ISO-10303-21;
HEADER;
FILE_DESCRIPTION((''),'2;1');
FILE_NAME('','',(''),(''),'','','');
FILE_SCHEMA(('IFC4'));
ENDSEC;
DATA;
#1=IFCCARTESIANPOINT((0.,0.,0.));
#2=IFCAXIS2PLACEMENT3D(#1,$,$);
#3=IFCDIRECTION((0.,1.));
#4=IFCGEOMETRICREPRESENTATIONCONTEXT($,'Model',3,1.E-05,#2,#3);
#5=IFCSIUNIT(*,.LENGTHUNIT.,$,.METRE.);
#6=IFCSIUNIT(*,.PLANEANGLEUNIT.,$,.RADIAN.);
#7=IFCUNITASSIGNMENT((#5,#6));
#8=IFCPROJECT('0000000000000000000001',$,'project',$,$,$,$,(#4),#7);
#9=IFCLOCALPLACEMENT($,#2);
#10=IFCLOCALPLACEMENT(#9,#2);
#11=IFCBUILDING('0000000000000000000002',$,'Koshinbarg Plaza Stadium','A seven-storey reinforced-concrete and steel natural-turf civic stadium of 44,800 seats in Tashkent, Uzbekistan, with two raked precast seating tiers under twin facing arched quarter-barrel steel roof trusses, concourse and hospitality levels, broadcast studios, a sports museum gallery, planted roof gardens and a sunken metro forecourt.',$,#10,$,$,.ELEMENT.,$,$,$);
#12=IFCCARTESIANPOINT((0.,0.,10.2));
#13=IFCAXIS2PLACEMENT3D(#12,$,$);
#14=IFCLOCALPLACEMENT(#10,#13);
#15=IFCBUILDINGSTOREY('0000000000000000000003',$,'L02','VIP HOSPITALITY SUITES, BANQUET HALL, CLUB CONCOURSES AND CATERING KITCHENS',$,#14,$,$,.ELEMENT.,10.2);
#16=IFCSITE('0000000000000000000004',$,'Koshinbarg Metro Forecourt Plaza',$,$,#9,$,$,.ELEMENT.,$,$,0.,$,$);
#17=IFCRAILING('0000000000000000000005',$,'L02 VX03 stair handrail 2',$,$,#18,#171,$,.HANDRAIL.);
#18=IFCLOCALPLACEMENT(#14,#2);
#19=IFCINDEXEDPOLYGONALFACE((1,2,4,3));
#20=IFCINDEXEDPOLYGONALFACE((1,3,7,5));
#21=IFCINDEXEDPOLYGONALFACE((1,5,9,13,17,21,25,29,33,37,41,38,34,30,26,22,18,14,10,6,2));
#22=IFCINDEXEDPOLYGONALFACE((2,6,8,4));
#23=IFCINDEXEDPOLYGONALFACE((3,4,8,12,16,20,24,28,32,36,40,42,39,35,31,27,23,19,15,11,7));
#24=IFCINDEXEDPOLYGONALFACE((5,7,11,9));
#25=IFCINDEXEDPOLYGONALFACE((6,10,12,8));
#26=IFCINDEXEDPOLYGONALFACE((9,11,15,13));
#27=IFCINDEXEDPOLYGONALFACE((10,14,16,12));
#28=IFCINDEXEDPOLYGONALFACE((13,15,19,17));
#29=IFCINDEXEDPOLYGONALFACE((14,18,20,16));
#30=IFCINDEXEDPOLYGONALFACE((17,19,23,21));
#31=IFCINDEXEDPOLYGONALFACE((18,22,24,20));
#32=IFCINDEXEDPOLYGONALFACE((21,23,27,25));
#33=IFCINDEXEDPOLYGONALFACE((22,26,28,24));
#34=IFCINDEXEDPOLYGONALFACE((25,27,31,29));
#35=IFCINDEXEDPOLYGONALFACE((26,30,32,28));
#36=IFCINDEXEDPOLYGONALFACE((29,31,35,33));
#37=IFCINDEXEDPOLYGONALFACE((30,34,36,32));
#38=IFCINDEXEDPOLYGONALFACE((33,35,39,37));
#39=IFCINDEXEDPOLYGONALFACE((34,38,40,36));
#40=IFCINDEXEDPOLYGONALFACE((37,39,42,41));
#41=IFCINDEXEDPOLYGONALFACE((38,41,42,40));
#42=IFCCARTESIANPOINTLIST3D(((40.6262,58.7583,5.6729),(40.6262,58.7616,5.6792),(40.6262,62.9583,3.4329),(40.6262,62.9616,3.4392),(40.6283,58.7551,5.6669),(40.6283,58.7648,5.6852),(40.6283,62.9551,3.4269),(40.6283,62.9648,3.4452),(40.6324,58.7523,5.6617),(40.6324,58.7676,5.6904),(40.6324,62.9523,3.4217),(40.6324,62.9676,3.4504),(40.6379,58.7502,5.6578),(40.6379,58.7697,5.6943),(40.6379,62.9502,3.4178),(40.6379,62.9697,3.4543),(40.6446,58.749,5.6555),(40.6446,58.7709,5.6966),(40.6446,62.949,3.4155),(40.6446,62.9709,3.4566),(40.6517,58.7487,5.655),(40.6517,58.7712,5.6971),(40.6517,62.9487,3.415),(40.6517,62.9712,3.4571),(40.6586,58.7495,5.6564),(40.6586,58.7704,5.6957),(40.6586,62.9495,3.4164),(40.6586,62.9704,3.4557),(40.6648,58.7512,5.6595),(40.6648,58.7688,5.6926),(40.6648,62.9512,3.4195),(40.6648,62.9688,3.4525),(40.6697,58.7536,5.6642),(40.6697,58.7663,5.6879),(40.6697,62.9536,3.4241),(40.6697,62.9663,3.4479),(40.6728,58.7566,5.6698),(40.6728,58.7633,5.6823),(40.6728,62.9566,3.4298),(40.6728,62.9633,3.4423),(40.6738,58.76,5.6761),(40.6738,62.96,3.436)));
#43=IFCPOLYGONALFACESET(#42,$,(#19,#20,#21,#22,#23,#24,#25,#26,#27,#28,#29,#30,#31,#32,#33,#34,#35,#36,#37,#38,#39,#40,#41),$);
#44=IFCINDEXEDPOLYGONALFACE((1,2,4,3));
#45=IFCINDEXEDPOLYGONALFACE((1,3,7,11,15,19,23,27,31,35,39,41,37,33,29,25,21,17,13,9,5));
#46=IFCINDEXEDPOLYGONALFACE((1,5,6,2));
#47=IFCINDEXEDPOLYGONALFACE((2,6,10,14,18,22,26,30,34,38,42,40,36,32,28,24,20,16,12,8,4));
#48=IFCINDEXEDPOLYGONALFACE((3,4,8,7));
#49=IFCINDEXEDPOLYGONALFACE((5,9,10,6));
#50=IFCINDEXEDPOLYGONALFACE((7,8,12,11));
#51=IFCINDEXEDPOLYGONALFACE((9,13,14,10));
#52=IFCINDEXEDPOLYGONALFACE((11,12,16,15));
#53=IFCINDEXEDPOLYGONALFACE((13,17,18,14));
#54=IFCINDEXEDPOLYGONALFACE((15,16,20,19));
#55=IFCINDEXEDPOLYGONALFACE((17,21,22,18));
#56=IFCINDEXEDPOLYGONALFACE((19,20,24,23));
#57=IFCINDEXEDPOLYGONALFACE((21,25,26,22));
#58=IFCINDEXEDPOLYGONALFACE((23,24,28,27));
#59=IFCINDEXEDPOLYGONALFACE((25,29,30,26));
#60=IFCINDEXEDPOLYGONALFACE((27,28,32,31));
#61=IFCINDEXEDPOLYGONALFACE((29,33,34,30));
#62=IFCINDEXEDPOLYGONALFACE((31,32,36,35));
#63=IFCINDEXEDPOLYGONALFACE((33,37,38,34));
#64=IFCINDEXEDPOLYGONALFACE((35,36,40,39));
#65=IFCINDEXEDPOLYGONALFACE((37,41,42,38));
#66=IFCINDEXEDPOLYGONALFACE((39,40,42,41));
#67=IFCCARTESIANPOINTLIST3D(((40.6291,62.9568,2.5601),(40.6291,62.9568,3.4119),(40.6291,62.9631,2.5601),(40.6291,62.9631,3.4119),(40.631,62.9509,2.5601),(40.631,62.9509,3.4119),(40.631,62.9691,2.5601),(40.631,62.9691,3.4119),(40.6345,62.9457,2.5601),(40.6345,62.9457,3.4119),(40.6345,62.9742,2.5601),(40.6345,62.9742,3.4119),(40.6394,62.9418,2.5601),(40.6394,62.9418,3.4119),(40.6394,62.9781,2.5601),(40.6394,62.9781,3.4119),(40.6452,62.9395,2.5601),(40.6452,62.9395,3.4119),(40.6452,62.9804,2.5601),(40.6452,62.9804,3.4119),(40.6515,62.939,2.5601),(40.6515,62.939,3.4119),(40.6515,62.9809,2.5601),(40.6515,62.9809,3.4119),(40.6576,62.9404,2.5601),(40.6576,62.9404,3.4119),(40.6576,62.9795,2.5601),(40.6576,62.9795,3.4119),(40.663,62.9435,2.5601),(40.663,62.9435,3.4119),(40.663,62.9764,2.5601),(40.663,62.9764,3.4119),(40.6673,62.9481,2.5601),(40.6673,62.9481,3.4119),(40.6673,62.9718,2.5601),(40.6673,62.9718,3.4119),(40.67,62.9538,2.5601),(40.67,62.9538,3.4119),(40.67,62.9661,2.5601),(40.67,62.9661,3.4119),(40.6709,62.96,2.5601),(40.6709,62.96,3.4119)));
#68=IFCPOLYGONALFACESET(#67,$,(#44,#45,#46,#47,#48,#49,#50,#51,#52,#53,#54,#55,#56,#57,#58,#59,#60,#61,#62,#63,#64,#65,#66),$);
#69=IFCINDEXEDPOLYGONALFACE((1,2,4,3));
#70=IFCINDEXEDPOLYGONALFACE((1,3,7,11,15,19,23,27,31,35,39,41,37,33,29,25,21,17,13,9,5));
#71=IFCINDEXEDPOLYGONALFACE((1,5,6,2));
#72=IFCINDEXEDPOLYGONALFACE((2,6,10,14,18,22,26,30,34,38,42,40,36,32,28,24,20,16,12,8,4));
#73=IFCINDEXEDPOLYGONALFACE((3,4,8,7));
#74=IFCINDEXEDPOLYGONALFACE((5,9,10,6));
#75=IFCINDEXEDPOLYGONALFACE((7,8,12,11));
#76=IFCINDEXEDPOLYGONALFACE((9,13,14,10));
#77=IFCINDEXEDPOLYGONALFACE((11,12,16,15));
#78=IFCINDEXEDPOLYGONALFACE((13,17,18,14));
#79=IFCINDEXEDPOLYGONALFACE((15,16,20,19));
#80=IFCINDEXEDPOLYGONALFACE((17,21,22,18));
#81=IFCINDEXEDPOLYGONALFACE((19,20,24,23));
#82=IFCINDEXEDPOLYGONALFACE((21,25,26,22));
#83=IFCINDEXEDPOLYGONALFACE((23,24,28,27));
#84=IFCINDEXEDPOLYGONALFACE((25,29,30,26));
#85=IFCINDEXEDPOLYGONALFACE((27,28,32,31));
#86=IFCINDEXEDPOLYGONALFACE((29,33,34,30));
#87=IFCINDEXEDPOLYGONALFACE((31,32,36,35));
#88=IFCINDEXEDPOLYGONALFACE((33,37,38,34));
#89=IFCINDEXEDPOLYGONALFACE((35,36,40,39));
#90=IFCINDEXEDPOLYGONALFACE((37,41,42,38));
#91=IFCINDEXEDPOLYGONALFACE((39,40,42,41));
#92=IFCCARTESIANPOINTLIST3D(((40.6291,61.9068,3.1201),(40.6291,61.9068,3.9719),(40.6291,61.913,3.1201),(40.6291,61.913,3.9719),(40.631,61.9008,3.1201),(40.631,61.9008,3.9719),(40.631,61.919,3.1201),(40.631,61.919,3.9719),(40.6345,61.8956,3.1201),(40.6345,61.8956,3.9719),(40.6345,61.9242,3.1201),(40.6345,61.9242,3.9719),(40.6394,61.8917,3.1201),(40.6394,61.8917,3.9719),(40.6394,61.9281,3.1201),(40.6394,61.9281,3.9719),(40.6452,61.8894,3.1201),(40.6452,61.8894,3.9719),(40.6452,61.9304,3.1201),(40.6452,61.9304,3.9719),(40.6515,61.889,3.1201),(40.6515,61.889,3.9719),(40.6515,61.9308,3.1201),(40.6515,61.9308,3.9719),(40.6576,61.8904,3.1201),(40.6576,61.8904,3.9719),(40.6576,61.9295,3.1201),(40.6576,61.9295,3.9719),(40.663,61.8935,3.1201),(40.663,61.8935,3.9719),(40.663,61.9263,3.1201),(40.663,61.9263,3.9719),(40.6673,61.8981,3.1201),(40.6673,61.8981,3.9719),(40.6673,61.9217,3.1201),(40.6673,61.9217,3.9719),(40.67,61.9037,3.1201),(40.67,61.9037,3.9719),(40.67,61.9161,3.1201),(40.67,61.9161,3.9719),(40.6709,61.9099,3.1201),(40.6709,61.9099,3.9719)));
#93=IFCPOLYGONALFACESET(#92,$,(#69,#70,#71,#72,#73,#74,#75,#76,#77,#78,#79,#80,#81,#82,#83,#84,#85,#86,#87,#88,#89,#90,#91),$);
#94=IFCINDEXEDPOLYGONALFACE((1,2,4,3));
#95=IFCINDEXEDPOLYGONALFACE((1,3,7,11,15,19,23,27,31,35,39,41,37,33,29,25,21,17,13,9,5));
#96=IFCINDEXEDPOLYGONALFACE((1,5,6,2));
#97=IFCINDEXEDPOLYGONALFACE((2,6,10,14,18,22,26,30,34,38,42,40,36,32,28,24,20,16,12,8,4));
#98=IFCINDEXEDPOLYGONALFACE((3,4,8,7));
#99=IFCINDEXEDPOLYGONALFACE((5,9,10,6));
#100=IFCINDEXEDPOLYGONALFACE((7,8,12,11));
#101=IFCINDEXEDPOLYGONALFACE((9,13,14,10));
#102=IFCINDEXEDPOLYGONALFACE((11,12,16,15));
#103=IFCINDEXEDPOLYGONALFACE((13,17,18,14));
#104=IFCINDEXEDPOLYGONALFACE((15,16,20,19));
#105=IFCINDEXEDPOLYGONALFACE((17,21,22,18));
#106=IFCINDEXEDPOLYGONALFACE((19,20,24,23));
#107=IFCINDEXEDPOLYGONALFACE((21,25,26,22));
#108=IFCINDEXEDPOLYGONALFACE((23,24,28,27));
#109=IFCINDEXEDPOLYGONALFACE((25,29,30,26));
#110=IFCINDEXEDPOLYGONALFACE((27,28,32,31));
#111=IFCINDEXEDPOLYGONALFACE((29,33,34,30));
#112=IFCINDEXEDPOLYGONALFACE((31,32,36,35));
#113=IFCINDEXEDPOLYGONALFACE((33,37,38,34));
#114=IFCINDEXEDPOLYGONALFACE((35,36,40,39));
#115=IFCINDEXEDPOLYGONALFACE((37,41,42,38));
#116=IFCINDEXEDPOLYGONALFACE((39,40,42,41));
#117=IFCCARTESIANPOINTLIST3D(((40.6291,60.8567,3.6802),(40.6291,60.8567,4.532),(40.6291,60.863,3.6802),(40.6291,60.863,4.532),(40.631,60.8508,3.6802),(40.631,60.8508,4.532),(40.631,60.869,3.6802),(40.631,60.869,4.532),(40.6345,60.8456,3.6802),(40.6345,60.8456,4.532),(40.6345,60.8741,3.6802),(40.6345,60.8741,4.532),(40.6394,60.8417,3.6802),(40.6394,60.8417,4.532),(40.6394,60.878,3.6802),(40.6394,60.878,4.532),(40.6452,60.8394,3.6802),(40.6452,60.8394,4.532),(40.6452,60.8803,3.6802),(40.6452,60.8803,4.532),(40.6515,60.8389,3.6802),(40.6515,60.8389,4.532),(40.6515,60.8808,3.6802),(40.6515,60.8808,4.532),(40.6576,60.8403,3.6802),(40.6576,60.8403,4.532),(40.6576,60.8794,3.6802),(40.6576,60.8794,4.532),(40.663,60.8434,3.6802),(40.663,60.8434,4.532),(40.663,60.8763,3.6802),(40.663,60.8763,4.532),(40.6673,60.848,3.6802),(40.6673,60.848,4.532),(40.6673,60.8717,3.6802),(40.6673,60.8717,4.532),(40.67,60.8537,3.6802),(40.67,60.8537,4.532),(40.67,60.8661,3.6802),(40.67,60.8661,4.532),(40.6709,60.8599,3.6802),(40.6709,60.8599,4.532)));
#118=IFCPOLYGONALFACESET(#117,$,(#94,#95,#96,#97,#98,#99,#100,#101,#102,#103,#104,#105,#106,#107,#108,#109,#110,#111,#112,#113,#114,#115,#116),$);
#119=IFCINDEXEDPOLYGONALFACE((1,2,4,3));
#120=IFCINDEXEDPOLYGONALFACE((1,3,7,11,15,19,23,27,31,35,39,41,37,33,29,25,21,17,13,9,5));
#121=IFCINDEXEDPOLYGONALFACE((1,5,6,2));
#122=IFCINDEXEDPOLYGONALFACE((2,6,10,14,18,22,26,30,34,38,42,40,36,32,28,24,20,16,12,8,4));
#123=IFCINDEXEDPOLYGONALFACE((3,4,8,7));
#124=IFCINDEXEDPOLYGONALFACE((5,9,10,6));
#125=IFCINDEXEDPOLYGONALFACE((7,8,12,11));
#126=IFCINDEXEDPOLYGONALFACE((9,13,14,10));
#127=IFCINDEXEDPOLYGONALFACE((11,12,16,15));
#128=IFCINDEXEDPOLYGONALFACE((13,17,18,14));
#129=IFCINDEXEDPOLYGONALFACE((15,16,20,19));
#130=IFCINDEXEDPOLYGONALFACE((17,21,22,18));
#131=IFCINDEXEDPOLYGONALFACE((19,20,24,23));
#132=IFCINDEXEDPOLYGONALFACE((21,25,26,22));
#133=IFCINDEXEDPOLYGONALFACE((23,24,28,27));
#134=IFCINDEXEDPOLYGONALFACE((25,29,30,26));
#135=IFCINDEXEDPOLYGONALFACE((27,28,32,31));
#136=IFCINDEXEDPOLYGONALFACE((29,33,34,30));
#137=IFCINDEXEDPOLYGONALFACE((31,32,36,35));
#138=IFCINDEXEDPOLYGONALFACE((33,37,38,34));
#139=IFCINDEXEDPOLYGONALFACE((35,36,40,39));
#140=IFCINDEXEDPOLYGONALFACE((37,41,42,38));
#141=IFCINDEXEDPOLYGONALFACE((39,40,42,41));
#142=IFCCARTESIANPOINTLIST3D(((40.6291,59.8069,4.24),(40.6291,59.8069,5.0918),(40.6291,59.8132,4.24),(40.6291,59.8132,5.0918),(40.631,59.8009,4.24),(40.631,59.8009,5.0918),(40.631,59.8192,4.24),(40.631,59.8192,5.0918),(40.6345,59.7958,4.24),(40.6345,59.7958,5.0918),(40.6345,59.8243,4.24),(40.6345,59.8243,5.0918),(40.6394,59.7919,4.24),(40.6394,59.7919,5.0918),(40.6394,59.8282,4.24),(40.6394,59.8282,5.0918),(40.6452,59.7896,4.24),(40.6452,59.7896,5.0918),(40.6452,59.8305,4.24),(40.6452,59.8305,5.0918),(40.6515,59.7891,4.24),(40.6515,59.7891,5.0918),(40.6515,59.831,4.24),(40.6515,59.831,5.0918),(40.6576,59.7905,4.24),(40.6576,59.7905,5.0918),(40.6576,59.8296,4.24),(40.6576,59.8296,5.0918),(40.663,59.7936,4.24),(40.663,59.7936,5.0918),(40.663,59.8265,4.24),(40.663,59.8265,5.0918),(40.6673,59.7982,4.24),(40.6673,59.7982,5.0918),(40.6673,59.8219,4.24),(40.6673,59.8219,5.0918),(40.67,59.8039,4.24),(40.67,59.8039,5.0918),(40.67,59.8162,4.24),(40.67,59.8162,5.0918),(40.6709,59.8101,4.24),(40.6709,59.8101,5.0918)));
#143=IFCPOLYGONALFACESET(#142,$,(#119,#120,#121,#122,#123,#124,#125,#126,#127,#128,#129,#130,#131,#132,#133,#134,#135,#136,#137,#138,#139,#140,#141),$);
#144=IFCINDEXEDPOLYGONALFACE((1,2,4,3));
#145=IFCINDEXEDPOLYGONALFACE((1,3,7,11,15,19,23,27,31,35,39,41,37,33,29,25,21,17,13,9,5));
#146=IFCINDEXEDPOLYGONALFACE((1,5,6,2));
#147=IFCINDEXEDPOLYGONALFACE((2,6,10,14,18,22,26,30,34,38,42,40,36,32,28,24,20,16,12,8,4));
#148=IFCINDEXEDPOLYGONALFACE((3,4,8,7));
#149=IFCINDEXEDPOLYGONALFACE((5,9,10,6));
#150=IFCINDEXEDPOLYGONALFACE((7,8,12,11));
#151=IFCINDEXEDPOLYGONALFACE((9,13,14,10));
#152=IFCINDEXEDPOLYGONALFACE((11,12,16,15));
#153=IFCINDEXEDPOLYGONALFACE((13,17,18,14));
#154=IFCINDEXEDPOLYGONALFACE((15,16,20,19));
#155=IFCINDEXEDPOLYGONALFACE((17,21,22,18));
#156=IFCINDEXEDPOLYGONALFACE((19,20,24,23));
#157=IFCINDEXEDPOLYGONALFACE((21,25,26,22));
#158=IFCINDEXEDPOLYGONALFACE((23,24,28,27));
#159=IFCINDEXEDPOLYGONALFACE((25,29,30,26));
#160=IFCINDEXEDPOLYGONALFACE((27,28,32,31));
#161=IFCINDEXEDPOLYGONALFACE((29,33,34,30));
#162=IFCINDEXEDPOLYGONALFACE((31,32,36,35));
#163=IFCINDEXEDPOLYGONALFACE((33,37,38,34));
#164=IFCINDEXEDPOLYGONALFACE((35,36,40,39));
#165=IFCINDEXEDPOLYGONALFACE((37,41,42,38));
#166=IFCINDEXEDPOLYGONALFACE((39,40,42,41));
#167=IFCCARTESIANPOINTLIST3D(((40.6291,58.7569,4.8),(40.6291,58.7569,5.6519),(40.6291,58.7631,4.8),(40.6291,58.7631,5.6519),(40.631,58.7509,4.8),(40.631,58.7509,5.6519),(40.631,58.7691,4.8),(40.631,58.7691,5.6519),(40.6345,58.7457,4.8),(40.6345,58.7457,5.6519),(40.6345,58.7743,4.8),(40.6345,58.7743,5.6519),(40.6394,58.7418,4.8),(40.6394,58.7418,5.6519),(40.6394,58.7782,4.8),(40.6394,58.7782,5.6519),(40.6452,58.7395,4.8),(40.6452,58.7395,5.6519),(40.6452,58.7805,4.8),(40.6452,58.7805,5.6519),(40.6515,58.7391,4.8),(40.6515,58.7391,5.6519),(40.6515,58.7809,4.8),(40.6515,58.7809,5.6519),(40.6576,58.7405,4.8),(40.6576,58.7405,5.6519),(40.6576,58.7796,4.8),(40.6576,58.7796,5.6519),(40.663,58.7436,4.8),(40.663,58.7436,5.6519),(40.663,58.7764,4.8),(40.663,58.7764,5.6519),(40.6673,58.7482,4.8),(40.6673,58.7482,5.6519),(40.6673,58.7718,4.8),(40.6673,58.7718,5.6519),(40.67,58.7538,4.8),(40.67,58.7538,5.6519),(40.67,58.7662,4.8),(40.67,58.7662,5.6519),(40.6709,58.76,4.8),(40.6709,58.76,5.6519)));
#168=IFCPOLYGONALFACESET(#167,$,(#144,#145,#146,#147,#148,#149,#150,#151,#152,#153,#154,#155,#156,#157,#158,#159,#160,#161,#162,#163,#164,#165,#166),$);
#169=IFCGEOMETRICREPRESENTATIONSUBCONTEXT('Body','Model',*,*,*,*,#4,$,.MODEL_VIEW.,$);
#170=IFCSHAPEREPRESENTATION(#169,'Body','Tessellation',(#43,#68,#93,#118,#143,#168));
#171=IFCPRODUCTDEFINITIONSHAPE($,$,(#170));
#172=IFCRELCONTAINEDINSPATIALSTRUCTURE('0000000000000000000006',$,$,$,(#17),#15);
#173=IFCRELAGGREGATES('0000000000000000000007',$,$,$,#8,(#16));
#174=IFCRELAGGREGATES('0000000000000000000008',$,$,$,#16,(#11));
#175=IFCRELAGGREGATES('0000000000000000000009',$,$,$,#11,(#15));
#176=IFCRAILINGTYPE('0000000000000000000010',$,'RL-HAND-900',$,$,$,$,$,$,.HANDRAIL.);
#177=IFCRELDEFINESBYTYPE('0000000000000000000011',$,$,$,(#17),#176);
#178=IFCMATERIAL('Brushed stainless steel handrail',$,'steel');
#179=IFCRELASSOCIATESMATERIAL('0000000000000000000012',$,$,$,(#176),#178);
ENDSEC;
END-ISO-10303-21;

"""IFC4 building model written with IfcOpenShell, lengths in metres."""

from ifc_helpers import new_model, si_unit, direction, frame, origin, origin_2d, place, context, subcontext, project, spatial, circle, extrude, material, type_object, element, save


model = new_model("IFC4")

# Units and contexts
model_context = context("Model", 3, precision=1e-05, world=origin(), true_north=direction((0.0, 1.0)))
body_context = subcontext(model_context, "Body", "Model", "MODEL_VIEW")
ifc_project = project(units=[si_unit("LENGTHUNIT", "METRE"), si_unit("PLANEANGLEUNIT", "RADIAN")], contexts=[model_context])

# Site, building, storey
site_placement = place(None, origin())
site = spatial("IfcSite", under=ifc_project, at=site_placement, Name="Koshinbarg Metro Forecourt Plaza", CompositionType="ELEMENT", RefElevation=0.0)
building_placement = place(site_placement, origin())
building = spatial("IfcBuilding", under=site, at=building_placement, Name="Koshinbarg Plaza Stadium", Description="A seven-storey reinforced-concrete and steel natural-turf civic stadium of 44,800 seats in Tashkent, Uzbekistan, with two raked precast seating tiers under twin facing arched quarter-barrel steel roof trusses, concourse and hospitality levels, broadcast studios, a sports museum gallery, planted roof gardens and a sunken metro forecourt.", CompositionType="ELEMENT")
storey_placement = place(building_placement, frame((0.0, 0.0, 10.2)))
storey = spatial("IfcBuildingStorey", under=building, at=storey_placement, Name="L02", Description="VIP HOSPITALITY SUITES, BANQUET HALL, CLUB CONCOURSES AND CATERING KITCHENS", CompositionType="ELEMENT", Elevation=10.2)

# Railing
ifc_material_1 = material(Name="Brushed stainless steel handrail", Category="steel")
railing_type_1 = type_object("IfcRailingType", Name="RL-HAND-900", PredefinedType="HANDRAIL", material=ifc_material_1)
for number, where, name in (
    (1, (40.6499, 62.96, 2.5601), "L02 VX03 stair handrail 2"),
):
    element("IfcRailing", number, at=place(storey_placement, frame(where)), inside=storey, type_object=railing_type_1, Name=name, PredefinedType="HANDRAIL", context=body_context, shape_type="SweptSolid", body=[
        extrude(circle(Radius=0.0239, at=origin_2d()), frame((0.0, 0.0, 0.876), z_axis=(0.0, -0.882352, 0.470591), x_axis=(1.0, 0.0, 0.0)), (0.0, 0.0, 1.0), 4.76),
        extrude(circle(Radius=0.021, at=origin_2d()), origin(), (0.0, 0.0, 1.0), 0.8518),
        extrude(circle(Radius=0.021, at=origin_2d()), frame((0.0, -1.05, 0.5601)), (0.0, 0.0, 1.0), 0.8518),
        extrude(circle(Radius=0.021, at=origin_2d()), frame((0.0, -2.1001, 1.1201)), (0.0, 0.0, 1.0), 0.8518),
        extrude(circle(Radius=0.021, at=origin_2d()), frame((0.0, -3.1499, 1.6799)), (0.0, 0.0, 1.0), 0.8518),
        extrude(circle(Radius=0.021, at=origin_2d()), frame((0.0, -4.2, 2.24)), (0.0, 0.0, 1.0), 0.8518),
    ])

save(model, "model.ifc")
